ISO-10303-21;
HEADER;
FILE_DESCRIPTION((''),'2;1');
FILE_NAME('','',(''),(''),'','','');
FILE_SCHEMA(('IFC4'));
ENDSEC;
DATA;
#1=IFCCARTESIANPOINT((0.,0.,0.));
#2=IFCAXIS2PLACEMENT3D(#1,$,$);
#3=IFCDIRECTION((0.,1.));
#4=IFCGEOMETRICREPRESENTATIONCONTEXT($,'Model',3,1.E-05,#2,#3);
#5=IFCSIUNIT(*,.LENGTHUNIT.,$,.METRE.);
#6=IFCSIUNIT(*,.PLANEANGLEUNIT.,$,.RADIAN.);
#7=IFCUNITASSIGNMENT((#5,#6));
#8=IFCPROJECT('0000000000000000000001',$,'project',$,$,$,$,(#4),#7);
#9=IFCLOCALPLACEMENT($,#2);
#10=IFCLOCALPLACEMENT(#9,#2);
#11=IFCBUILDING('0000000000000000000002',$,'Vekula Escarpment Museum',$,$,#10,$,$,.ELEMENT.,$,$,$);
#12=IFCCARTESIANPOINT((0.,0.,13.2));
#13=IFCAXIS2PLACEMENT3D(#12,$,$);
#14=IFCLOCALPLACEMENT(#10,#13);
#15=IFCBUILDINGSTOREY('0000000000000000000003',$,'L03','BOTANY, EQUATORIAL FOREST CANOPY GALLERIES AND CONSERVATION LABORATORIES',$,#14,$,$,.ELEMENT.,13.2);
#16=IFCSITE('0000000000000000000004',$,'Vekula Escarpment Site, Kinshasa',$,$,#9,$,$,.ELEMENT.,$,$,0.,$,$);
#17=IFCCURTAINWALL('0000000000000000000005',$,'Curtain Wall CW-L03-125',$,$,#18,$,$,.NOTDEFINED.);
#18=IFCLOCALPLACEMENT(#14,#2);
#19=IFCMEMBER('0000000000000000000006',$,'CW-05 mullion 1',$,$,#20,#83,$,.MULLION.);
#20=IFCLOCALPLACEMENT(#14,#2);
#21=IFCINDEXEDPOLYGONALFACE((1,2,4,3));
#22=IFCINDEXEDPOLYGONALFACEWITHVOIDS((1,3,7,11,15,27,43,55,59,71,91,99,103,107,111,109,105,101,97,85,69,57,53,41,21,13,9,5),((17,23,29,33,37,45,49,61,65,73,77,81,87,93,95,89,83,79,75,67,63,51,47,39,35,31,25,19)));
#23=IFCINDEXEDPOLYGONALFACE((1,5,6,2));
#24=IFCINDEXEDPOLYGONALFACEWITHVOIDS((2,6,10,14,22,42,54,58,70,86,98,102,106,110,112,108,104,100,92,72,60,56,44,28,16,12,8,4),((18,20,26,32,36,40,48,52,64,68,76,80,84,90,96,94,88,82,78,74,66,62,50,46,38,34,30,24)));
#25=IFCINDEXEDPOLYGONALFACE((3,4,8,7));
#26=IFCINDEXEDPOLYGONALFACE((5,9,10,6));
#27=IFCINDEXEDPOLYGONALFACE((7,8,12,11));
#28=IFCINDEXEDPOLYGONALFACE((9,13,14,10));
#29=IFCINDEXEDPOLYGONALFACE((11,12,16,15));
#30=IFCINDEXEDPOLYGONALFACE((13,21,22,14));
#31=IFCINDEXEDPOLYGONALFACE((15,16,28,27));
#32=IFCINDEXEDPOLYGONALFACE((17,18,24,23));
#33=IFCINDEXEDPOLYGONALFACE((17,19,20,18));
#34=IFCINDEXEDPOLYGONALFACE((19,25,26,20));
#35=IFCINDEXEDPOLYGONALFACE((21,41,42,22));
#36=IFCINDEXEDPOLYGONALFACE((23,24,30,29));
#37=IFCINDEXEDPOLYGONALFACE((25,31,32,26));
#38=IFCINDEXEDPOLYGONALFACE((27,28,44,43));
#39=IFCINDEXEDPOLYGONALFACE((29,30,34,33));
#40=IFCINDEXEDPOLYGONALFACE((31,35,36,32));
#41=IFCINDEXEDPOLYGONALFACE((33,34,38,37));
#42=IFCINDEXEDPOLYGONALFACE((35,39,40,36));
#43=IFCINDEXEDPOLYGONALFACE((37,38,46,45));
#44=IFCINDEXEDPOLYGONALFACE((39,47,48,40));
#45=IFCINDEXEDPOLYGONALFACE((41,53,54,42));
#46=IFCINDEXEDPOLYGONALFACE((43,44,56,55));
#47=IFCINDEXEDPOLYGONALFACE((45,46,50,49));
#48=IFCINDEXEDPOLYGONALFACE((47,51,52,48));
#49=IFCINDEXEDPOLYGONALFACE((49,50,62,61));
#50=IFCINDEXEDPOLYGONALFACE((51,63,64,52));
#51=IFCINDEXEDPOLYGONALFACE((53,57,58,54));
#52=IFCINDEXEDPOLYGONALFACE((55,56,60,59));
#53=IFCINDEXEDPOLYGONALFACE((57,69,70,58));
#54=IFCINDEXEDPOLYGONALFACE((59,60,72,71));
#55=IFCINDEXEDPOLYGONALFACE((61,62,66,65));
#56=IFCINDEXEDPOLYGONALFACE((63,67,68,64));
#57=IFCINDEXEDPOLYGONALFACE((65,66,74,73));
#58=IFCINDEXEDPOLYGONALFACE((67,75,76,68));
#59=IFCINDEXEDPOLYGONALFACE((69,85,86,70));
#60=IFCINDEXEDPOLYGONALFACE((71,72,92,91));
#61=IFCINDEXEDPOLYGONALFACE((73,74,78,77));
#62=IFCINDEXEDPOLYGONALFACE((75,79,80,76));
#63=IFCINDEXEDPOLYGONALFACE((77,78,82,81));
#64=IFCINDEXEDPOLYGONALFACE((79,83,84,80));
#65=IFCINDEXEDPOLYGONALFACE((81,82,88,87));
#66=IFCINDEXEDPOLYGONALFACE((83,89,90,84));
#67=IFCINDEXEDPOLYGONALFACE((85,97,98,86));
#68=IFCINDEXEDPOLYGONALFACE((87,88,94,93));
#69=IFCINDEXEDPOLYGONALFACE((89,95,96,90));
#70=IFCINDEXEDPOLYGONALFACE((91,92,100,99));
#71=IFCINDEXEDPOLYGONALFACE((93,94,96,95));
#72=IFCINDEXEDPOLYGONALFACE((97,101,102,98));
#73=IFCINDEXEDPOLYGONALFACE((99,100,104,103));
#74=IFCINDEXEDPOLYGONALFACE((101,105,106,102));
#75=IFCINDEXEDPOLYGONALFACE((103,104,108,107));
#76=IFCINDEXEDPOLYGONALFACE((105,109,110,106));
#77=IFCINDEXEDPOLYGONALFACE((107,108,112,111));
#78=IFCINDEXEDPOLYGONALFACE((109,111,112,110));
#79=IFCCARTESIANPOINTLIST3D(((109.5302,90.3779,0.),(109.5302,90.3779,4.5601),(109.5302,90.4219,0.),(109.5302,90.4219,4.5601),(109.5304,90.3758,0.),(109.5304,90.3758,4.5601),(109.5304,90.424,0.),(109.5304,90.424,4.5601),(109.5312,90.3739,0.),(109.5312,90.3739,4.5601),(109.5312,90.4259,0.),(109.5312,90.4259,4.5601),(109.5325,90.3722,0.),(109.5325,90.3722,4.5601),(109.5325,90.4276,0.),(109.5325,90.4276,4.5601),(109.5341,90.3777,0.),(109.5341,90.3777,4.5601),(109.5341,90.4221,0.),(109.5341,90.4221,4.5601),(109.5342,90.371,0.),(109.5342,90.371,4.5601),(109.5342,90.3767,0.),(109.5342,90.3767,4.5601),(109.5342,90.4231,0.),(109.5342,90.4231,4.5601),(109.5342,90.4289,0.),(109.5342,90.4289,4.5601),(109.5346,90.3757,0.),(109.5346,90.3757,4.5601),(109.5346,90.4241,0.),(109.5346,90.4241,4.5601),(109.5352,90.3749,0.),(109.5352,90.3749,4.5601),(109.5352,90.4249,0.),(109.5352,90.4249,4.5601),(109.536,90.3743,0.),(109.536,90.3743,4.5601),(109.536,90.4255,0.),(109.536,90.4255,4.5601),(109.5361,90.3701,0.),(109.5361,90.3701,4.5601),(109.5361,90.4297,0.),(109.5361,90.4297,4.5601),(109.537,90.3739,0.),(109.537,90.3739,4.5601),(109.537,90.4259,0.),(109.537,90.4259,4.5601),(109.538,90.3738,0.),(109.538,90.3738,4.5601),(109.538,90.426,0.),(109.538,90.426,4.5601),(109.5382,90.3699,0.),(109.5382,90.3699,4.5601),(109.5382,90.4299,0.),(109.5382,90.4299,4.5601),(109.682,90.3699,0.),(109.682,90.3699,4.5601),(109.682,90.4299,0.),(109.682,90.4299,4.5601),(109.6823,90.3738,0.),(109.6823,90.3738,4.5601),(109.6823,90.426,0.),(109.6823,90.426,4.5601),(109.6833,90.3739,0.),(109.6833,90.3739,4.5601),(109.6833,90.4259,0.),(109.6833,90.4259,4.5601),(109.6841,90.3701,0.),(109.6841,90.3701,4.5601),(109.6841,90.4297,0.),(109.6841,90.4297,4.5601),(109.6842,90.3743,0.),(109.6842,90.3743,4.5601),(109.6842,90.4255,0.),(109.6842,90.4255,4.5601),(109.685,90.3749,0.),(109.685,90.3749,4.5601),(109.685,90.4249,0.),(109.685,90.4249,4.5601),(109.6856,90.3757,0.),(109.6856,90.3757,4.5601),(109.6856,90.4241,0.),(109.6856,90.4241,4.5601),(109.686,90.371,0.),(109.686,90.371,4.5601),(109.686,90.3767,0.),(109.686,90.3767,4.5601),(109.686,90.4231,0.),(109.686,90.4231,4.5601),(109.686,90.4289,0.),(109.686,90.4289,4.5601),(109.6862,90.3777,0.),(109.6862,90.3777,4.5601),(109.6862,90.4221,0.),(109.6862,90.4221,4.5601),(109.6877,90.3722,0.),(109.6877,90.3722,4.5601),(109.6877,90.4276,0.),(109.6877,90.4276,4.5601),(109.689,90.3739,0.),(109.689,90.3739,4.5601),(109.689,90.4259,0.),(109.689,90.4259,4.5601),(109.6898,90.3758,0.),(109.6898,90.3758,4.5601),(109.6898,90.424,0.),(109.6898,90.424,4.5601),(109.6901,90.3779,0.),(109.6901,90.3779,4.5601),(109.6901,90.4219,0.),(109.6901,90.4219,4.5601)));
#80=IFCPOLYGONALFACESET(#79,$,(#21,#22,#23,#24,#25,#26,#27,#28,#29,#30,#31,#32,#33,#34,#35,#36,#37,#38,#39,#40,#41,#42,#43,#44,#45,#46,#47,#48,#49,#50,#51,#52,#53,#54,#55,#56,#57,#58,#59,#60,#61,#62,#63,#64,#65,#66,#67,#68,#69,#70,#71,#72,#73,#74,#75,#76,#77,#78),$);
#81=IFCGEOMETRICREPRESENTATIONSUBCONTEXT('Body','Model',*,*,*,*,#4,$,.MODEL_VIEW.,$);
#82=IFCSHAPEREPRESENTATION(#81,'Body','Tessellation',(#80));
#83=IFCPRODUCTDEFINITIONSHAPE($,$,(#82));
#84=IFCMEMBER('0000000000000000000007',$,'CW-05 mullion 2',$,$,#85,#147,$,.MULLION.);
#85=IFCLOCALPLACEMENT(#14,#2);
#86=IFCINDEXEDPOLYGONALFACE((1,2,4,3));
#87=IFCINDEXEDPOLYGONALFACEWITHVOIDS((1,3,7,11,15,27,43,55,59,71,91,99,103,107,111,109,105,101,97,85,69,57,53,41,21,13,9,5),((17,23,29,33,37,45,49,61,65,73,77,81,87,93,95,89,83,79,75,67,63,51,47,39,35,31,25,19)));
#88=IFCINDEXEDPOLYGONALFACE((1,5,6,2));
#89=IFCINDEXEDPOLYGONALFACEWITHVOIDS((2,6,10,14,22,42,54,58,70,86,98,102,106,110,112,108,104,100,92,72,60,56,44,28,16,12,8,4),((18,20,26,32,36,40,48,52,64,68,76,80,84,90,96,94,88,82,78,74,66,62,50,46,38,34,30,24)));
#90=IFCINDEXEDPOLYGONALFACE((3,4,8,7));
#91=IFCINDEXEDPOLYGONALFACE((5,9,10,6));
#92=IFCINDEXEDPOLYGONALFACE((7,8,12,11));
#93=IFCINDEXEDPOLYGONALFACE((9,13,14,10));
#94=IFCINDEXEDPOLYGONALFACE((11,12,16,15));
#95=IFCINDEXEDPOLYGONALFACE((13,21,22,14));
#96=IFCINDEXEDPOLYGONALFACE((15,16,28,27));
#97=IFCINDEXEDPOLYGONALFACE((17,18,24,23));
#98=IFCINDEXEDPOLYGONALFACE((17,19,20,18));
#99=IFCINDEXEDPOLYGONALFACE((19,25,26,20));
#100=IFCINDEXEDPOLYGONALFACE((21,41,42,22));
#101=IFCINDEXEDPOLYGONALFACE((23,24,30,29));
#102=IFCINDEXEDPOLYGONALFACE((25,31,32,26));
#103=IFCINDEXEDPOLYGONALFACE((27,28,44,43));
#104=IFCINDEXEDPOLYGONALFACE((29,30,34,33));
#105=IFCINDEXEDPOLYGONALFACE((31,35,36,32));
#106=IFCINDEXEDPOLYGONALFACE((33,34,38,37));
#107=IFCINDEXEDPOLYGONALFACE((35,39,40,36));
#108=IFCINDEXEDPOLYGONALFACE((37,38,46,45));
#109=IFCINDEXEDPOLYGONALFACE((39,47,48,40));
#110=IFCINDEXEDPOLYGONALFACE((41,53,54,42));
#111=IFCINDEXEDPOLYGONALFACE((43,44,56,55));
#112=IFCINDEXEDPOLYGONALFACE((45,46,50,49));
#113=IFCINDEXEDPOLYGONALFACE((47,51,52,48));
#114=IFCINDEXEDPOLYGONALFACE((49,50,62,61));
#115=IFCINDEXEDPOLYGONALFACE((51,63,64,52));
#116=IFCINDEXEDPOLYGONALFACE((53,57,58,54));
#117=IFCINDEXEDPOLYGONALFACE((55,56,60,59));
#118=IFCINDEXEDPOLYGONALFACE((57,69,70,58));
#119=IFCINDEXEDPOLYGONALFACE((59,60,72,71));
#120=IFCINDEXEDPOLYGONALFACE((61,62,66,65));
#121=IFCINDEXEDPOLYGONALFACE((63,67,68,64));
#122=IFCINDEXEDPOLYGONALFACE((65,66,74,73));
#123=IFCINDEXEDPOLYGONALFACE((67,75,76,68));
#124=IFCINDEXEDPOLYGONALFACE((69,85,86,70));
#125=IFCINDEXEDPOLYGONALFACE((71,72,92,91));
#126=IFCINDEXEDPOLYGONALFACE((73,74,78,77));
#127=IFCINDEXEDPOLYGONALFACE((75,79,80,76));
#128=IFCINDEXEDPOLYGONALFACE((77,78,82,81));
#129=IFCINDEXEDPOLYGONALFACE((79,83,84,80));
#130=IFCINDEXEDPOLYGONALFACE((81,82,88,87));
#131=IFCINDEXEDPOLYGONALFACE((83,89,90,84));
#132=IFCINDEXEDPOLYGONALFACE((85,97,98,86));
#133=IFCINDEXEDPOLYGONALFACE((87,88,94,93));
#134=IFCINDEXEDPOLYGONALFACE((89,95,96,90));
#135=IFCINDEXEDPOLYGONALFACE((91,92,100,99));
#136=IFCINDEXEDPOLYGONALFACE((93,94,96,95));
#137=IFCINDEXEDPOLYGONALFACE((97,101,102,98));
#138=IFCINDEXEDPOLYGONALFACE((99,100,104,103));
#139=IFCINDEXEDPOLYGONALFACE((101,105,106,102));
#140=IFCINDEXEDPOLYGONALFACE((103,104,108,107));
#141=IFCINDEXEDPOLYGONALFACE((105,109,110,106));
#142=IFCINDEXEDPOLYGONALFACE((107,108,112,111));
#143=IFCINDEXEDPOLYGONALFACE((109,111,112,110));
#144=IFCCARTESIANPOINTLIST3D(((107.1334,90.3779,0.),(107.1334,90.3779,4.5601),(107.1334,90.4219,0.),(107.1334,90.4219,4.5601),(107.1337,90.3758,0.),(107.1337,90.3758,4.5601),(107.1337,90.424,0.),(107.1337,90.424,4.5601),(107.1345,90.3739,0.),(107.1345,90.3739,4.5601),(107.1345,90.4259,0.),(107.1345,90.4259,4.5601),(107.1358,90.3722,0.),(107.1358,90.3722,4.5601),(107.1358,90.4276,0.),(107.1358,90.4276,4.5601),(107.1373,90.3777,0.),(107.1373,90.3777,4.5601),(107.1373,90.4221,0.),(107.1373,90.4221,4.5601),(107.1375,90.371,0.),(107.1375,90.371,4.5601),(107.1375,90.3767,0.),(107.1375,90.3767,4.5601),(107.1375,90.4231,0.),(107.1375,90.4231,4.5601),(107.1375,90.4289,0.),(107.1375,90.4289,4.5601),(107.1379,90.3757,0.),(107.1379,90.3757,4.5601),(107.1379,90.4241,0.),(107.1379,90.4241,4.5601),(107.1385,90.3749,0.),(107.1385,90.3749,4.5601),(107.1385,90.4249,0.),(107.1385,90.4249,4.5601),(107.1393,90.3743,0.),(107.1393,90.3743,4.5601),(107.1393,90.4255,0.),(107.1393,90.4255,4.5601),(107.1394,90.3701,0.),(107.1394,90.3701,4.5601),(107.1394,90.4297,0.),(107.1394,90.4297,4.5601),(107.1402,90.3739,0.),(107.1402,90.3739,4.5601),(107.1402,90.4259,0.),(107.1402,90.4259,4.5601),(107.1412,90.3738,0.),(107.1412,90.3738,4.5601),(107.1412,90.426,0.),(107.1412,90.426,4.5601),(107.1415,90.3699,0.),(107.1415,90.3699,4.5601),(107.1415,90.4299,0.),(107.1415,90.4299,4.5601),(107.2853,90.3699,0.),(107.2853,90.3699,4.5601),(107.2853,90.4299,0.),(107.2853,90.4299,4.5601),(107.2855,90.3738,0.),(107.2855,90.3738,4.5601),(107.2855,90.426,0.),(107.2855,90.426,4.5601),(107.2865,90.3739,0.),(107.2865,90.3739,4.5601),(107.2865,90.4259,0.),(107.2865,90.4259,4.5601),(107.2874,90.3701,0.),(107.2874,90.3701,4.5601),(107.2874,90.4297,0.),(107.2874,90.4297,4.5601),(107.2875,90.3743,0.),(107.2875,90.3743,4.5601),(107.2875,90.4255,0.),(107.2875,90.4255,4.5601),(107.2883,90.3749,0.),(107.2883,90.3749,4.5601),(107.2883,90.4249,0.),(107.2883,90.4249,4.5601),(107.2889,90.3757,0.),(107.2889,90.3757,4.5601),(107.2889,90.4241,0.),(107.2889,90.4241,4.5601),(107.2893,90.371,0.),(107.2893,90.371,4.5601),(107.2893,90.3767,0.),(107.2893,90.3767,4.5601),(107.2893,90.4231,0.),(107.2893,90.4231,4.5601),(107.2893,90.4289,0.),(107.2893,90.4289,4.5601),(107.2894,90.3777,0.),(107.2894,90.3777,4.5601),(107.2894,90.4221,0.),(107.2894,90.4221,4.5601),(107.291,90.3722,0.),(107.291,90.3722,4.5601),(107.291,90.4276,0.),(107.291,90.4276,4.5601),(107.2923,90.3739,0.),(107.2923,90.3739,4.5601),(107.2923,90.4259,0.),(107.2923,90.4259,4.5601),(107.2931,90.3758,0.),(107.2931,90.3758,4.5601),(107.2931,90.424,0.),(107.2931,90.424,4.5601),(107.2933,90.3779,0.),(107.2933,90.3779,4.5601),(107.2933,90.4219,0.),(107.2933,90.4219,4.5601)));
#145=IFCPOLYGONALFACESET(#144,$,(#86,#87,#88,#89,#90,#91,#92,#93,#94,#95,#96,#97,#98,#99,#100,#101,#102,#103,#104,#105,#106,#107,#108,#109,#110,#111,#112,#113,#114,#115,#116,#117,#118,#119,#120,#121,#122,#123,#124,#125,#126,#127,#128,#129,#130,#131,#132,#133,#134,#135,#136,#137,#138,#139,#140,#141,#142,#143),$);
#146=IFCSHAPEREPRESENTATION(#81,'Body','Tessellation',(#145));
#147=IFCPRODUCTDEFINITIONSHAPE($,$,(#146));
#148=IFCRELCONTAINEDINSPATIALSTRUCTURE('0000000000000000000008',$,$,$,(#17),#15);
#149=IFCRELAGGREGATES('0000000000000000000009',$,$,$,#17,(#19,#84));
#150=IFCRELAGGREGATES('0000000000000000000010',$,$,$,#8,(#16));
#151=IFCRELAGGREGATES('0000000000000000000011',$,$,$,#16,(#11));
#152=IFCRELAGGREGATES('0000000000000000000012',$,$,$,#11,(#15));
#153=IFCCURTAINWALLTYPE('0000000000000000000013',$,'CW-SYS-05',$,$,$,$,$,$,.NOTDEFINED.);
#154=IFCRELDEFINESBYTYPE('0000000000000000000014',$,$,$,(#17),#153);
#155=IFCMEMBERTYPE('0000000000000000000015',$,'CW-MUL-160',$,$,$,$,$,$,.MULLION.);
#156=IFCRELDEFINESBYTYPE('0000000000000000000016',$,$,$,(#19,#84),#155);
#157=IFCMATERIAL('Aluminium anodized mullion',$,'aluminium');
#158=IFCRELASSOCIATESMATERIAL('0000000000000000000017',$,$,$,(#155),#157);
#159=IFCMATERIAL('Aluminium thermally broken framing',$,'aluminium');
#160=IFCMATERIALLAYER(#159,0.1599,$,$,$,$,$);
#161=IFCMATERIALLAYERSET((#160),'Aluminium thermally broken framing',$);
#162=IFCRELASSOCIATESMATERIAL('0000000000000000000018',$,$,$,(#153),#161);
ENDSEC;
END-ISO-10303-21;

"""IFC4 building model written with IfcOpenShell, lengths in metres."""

from ifc_helpers import new_model, si_unit, direction, frame, origin, origin_2d, place, context, subcontext, project, spatial, hollow_rectangle, extrude, material, layer, layer_set, material_profile, profile_set, type_object, element, aggregate, save


model = new_model("IFC4")

# Units and contexts
model_context = context("Model", 3, precision=1e-05, world=origin(), true_north=direction((0.0, 1.0)))
body_context = subcontext(model_context, "Body", "Model", "MODEL_VIEW")
ifc_project = project(units=[si_unit("LENGTHUNIT", "METRE"), si_unit("PLANEANGLEUNIT", "RADIAN")], contexts=[model_context])

# Site, building, storey
site_placement = place(None, origin())
site = spatial("IfcSite", under=ifc_project, at=site_placement, Name="Vekula Escarpment Site, Kinshasa", CompositionType="ELEMENT", RefElevation=0.0)
building_placement = place(site_placement, origin())
building = spatial("IfcBuilding", under=site, at=building_placement, Name="Vekula Escarpment Museum", CompositionType="ELEMENT")
storey_placement = place(building_placement, frame((0.0, 0.0, 13.2)))
storey = spatial("IfcBuildingStorey", under=building, at=storey_placement, Name="L03", Description="BOTANY, EQUATORIAL FOREST CANOPY GALLERIES AND CONSERVATION LABORATORIES", CompositionType="ELEMENT", Elevation=13.2)

# Curtain wall, members
ifc_material_1 = material(Name="Aluminium anodized mullion", Category="aluminium")
ifc_material_profile_1 = material_profile(ifc_material_1, hollow_rectangle(XDim=0.0601, YDim=0.1599, WallThickness=0.0039, InnerFilletRadius=0.0039, OuterFilletRadius=0.0081, at=origin_2d()), Name="ALU 160x60x4")
ifc_profile_set_1 = profile_set([ifc_material_profile_1], Name="Aluminium anodized mullion")
member_type_1 = type_object("IfcMemberType", Name="CW-MUL-160", PredefinedType="MULLION", material=ifc_profile_set_1)
ifc_material_2 = material(Name="Aluminium thermally broken framing", Category="aluminium")
ifc_layer_1 = layer(ifc_material_2, 0.1599)
ifc_layer_set_1 = layer_set([ifc_layer_1], Name="Aluminium thermally broken framing")
curtain_wall_type_1 = type_object("IfcCurtainWallType", Name="CW-SYS-05", PredefinedType="NOTDEFINED", material=ifc_layer_set_1)
curtain_wall_1_placement = place(storey_placement, origin())
curtain_wall_1 = element("IfcCurtainWall", 1, at=curtain_wall_1_placement, inside=storey, type_object=curtain_wall_type_1, Name="Curtain Wall CW-L03-125", PredefinedType="NOTDEFINED")
member_1_placement = place(storey_placement, frame((109.6101, 90.3999, 0.0), z_axis=(0.0, 0.0, 1.0), x_axis=(0.0, -1.0, 0.0)))
member_1 = element("IfcMember", 2, at=member_1_placement, type_object=member_type_1, Name="CW-05 mullion 1", PredefinedType="MULLION", context=body_context, shape_type="SweptSolid", body=[
    extrude(hollow_rectangle(XDim=0.0601, YDim=0.1599, WallThickness=0.0039, InnerFilletRadius=0.0039, OuterFilletRadius=0.0081, at=origin_2d()), origin(), (0.0, 0.0, 1.0), 4.5601),
])
member_2_placement = place(storey_placement, frame((107.2134, 90.3999, 0.0), z_axis=(0.0, 0.0, 1.0), x_axis=(0.0, -1.0, 0.0)))
member_2 = element("IfcMember", 3, at=member_2_placement, type_object=member_type_1, Name="CW-05 mullion 2", PredefinedType="MULLION", context=body_context, shape_type="SweptSolid", body=[
    extrude(hollow_rectangle(XDim=0.0601, YDim=0.1599, WallThickness=0.0039, InnerFilletRadius=0.0039, OuterFilletRadius=0.0081, at=origin_2d()), origin(), (0.0, 0.0, 1.0), 4.5601),
])

aggregate(curtain_wall_1, [member_1, member_2])

save(model, "model.ifc")
